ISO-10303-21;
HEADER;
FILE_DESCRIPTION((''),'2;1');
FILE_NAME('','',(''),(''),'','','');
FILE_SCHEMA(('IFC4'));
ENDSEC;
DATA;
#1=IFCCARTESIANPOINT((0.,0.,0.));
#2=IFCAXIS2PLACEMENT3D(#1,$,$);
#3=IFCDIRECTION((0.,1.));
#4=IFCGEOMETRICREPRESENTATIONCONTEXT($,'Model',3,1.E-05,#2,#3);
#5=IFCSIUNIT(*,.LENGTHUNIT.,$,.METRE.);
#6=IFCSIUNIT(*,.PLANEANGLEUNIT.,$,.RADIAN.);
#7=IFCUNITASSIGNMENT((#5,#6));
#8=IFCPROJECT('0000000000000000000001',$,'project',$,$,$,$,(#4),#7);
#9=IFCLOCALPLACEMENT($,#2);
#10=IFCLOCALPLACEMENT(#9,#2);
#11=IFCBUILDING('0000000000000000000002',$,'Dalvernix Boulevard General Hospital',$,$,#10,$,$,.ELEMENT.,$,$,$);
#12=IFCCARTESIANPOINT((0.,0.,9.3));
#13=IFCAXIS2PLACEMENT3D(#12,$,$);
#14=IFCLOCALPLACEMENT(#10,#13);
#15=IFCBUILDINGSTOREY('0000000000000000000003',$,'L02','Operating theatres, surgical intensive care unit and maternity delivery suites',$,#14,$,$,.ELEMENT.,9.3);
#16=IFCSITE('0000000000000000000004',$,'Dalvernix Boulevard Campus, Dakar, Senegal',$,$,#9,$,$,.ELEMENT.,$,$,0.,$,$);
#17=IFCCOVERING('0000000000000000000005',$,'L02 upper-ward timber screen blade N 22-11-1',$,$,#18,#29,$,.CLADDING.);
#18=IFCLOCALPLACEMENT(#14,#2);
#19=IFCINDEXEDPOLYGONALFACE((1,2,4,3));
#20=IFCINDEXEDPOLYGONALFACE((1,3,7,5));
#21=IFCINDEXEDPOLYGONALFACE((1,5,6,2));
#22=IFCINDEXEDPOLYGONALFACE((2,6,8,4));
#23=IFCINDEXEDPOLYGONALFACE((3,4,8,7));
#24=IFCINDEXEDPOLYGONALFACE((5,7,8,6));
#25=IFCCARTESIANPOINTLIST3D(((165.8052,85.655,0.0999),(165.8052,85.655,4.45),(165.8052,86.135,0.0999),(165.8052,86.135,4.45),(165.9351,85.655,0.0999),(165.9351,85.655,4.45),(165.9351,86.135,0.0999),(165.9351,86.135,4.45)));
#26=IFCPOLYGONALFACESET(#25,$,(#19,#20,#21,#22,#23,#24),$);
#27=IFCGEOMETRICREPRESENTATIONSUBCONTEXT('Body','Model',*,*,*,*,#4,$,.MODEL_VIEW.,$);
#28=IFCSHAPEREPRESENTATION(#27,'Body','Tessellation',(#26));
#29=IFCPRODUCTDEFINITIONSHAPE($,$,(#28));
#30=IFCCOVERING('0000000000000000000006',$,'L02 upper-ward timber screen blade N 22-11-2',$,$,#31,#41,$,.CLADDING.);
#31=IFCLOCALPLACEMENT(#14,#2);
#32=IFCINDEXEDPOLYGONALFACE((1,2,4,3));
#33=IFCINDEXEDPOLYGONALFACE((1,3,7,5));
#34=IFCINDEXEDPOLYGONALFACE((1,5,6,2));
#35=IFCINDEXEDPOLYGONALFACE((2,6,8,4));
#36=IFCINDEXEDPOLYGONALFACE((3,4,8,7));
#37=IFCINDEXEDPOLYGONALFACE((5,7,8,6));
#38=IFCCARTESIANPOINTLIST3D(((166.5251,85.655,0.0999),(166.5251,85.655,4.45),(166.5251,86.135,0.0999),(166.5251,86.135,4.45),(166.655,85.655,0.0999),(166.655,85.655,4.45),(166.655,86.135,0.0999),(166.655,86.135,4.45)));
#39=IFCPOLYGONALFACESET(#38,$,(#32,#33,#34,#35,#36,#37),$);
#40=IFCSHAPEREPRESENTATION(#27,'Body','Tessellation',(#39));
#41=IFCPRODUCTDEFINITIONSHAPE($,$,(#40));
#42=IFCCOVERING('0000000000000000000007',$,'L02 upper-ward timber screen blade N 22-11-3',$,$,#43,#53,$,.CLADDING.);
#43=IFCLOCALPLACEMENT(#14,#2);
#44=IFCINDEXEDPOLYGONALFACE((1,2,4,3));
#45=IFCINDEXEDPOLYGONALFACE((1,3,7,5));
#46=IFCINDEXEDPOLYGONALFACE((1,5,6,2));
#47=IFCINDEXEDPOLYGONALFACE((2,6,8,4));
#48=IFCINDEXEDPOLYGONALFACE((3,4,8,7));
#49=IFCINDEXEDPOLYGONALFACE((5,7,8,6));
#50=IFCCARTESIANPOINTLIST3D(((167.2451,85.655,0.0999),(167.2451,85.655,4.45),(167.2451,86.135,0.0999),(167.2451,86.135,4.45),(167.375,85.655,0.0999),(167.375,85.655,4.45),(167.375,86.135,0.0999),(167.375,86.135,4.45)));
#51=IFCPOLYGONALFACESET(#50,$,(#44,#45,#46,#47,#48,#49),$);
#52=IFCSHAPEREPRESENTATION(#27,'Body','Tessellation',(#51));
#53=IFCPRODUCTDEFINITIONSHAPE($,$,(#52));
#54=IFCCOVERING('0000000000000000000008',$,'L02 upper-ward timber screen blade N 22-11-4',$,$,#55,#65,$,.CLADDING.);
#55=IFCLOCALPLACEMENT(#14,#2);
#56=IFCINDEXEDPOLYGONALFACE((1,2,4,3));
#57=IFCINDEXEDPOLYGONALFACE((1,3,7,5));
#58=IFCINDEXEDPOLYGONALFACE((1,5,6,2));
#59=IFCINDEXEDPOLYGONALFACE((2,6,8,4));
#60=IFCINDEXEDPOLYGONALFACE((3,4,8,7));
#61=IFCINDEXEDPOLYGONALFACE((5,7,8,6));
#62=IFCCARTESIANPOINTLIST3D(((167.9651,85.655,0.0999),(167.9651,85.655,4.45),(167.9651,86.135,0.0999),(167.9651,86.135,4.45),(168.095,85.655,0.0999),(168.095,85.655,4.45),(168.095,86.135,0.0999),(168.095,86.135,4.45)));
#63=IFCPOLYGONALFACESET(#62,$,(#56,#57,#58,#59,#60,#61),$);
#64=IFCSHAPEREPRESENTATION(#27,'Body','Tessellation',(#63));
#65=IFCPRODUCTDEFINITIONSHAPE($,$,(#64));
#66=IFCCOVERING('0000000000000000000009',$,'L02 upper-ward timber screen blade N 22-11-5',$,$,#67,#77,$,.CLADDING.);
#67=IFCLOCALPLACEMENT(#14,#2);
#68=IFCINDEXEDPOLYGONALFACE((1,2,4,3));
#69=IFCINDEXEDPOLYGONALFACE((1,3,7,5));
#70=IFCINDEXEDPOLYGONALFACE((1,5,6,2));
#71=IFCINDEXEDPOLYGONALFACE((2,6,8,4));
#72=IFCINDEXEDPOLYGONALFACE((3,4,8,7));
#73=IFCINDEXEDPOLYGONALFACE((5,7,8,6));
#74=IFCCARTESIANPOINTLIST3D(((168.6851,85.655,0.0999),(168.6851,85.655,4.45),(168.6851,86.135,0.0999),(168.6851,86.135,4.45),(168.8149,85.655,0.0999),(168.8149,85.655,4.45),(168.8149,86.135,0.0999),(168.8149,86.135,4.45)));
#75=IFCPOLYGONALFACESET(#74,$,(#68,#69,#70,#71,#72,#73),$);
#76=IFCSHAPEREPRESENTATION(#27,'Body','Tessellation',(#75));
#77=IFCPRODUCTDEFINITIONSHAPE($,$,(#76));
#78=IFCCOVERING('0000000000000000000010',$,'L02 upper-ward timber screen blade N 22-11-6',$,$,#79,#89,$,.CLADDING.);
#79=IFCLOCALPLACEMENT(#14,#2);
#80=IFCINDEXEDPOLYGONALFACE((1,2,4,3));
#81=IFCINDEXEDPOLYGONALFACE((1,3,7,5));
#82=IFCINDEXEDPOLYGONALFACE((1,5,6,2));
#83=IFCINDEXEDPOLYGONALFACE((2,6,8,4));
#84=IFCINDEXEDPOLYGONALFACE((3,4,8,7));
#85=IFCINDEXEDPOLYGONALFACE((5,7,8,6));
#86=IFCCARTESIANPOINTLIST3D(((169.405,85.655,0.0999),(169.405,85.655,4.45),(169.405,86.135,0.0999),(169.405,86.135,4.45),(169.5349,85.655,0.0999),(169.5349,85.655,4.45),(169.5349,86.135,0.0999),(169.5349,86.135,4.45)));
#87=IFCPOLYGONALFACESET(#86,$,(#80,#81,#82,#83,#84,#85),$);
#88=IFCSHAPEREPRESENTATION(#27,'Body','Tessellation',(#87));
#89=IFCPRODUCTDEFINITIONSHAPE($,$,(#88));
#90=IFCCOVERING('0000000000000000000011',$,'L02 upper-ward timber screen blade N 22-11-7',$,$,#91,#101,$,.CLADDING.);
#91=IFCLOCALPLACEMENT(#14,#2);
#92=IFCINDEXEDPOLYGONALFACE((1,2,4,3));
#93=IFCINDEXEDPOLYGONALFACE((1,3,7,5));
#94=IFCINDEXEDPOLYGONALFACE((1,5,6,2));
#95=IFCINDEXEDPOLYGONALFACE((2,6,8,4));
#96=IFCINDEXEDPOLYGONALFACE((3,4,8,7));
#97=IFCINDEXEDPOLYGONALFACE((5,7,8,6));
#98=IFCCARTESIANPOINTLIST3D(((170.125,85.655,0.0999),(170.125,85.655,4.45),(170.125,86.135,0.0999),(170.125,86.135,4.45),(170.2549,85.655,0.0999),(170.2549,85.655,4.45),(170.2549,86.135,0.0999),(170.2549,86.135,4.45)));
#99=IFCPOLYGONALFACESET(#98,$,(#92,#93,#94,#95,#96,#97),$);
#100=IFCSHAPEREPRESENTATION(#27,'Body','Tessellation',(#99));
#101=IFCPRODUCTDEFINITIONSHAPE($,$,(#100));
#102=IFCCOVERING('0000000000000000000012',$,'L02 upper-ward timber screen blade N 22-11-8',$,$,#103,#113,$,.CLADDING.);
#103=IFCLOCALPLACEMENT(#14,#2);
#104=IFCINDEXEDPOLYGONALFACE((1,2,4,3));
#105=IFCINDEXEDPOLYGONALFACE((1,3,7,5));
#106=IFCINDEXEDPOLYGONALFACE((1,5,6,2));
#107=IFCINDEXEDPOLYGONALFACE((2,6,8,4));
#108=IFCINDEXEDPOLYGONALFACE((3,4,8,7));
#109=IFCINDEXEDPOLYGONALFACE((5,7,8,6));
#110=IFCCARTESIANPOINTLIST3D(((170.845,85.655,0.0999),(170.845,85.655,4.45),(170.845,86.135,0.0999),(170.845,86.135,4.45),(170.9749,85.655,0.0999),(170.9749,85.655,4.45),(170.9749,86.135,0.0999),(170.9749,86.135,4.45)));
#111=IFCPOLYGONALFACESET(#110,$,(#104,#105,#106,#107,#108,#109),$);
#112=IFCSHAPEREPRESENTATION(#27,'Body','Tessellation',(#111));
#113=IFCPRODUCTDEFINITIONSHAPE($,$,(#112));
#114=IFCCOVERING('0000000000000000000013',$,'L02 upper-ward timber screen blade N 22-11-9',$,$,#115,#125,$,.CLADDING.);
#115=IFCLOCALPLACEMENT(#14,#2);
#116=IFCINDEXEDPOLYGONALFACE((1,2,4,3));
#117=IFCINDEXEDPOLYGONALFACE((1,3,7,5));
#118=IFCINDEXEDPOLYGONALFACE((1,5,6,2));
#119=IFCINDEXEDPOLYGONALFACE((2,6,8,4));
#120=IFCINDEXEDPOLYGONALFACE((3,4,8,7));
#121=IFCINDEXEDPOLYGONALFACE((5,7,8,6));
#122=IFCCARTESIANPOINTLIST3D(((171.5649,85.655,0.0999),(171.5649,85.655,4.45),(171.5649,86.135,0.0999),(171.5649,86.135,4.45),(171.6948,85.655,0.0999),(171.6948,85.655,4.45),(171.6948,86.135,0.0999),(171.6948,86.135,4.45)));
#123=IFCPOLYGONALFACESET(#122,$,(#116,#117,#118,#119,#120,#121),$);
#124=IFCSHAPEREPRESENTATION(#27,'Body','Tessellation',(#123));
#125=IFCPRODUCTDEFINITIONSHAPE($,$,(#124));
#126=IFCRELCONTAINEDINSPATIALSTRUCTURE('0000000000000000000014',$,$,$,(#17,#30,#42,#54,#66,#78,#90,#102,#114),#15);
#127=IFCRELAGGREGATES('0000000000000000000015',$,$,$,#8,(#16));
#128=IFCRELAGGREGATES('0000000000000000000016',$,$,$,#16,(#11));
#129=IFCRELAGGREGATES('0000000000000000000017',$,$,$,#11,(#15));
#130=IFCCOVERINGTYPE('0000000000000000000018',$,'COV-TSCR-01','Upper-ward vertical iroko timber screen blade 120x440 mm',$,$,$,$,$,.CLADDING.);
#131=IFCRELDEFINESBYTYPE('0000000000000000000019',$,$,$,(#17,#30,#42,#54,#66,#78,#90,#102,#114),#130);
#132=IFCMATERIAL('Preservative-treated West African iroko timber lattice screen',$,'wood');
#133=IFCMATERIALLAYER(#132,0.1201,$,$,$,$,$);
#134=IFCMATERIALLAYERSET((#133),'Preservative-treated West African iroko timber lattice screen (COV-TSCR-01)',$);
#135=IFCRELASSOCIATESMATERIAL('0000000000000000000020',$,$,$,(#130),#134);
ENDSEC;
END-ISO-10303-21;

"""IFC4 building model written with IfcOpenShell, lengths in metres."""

from ifc_helpers import new_model, si_unit, direction, frame, origin, origin_2d, place, context, subcontext, project, spatial, rectangle, extrude, material, layer, layer_set, type_object, element, save


model = new_model("IFC4")

# Units and contexts
model_context = context("Model", 3, precision=1e-05, world=origin(), true_north=direction((0.0, 1.0)))
body_context = subcontext(model_context, "Body", "Model", "MODEL_VIEW")
ifc_project = project(units=[si_unit("LENGTHUNIT", "METRE"), si_unit("PLANEANGLEUNIT", "RADIAN")], contexts=[model_context])

# Site, building, storey
site_placement = place(None, origin())
site = spatial("IfcSite", under=ifc_project, at=site_placement, Name="Dalvernix Boulevard Campus, Dakar, Senegal", CompositionType="ELEMENT", RefElevation=0.0)
building_placement = place(site_placement, origin())
building = spatial("IfcBuilding", under=site, at=building_placement, Name="Dalvernix Boulevard General Hospital", CompositionType="ELEMENT")
storey_placement = place(building_placement, frame((0.0, 0.0, 9.3)))
storey = spatial("IfcBuildingStorey", under=building, at=storey_placement, Name="L02", Description="Operating theatres, surgical intensive care unit and maternity delivery suites", CompositionType="ELEMENT", Elevation=9.3)

# Coverings
ifc_material_1 = material(Name="Preservative-treated West African iroko timber lattice screen", Category="wood")
ifc_layer_1 = layer(ifc_material_1, 0.1201)
ifc_layer_set_1 = layer_set([ifc_layer_1], Name="Preservative-treated West African iroko timber lattice screen (COV-TSCR-01)")
covering_type_1 = type_object("IfcCoveringType", Name="COV-TSCR-01", Description="Upper-ward vertical iroko timber screen blade 120x440 mm", PredefinedType="CLADDING", material=ifc_layer_set_1)
for number, where, z_axis, x_axis, name in (
    (1, (165.8701, 85.895, 0.0999), (0.0, 0.0, 1.0), (1.0, 0.0, 0.0), "L02 upper-ward timber screen blade N 22-11-1"),
    (2, (166.5901, 85.895, 0.0999), (0.0, 0.0, 1.0), (1.0, 0.0, 0.0), "L02 upper-ward timber screen blade N 22-11-2"),
    (3, (167.3101, 85.895, 0.0999), (0.0, 0.0, 1.0), (1.0, 0.0, 0.0), "L02 upper-ward timber screen blade N 22-11-3"),
    (4, (168.03, 85.895, 0.0999), (0.0, 0.0, 1.0), (1.0, 0.0, 0.0), "L02 upper-ward timber screen blade N 22-11-4"),
    (5, (168.75, 85.895, 0.0999), (0.0, 0.0, 1.0), (1.0, 0.0, 0.0), "L02 upper-ward timber screen blade N 22-11-5"),
    (6, (169.47, 85.895, 0.0999), (0.0, 0.0, 1.0), (1.0, 0.0, 0.0), "L02 upper-ward timber screen blade N 22-11-6"),
    (7, (170.1899, 85.895, 0.0999), (0.0, 0.0, 1.0), (1.0, 0.0, 0.0), "L02 upper-ward timber screen blade N 22-11-7"),
    (8, (170.9099, 85.895, 0.0999), (0.0, 0.0, 1.0), (1.0, 0.0, 0.0), "L02 upper-ward timber screen blade N 22-11-8"),
    (9, (171.6299, 85.895, 0.0999), (0.0, 0.0, 1.0), (1.0, 0.0, 0.0), "L02 upper-ward timber screen blade N 22-11-9"),
):
    element("IfcCovering", number, at=place(storey_placement, frame(where, z_axis=z_axis, x_axis=x_axis)), inside=storey, type_object=covering_type_1, Name=name, PredefinedType="CLADDING", context=body_context, shape_type="SweptSolid", body=[
        extrude(rectangle(XDim=0.1299, YDim=0.48, at=origin_2d()), origin(), (0.0, 0.0, 1.0), 4.3501),
    ])

save(model, "model.ifc")
